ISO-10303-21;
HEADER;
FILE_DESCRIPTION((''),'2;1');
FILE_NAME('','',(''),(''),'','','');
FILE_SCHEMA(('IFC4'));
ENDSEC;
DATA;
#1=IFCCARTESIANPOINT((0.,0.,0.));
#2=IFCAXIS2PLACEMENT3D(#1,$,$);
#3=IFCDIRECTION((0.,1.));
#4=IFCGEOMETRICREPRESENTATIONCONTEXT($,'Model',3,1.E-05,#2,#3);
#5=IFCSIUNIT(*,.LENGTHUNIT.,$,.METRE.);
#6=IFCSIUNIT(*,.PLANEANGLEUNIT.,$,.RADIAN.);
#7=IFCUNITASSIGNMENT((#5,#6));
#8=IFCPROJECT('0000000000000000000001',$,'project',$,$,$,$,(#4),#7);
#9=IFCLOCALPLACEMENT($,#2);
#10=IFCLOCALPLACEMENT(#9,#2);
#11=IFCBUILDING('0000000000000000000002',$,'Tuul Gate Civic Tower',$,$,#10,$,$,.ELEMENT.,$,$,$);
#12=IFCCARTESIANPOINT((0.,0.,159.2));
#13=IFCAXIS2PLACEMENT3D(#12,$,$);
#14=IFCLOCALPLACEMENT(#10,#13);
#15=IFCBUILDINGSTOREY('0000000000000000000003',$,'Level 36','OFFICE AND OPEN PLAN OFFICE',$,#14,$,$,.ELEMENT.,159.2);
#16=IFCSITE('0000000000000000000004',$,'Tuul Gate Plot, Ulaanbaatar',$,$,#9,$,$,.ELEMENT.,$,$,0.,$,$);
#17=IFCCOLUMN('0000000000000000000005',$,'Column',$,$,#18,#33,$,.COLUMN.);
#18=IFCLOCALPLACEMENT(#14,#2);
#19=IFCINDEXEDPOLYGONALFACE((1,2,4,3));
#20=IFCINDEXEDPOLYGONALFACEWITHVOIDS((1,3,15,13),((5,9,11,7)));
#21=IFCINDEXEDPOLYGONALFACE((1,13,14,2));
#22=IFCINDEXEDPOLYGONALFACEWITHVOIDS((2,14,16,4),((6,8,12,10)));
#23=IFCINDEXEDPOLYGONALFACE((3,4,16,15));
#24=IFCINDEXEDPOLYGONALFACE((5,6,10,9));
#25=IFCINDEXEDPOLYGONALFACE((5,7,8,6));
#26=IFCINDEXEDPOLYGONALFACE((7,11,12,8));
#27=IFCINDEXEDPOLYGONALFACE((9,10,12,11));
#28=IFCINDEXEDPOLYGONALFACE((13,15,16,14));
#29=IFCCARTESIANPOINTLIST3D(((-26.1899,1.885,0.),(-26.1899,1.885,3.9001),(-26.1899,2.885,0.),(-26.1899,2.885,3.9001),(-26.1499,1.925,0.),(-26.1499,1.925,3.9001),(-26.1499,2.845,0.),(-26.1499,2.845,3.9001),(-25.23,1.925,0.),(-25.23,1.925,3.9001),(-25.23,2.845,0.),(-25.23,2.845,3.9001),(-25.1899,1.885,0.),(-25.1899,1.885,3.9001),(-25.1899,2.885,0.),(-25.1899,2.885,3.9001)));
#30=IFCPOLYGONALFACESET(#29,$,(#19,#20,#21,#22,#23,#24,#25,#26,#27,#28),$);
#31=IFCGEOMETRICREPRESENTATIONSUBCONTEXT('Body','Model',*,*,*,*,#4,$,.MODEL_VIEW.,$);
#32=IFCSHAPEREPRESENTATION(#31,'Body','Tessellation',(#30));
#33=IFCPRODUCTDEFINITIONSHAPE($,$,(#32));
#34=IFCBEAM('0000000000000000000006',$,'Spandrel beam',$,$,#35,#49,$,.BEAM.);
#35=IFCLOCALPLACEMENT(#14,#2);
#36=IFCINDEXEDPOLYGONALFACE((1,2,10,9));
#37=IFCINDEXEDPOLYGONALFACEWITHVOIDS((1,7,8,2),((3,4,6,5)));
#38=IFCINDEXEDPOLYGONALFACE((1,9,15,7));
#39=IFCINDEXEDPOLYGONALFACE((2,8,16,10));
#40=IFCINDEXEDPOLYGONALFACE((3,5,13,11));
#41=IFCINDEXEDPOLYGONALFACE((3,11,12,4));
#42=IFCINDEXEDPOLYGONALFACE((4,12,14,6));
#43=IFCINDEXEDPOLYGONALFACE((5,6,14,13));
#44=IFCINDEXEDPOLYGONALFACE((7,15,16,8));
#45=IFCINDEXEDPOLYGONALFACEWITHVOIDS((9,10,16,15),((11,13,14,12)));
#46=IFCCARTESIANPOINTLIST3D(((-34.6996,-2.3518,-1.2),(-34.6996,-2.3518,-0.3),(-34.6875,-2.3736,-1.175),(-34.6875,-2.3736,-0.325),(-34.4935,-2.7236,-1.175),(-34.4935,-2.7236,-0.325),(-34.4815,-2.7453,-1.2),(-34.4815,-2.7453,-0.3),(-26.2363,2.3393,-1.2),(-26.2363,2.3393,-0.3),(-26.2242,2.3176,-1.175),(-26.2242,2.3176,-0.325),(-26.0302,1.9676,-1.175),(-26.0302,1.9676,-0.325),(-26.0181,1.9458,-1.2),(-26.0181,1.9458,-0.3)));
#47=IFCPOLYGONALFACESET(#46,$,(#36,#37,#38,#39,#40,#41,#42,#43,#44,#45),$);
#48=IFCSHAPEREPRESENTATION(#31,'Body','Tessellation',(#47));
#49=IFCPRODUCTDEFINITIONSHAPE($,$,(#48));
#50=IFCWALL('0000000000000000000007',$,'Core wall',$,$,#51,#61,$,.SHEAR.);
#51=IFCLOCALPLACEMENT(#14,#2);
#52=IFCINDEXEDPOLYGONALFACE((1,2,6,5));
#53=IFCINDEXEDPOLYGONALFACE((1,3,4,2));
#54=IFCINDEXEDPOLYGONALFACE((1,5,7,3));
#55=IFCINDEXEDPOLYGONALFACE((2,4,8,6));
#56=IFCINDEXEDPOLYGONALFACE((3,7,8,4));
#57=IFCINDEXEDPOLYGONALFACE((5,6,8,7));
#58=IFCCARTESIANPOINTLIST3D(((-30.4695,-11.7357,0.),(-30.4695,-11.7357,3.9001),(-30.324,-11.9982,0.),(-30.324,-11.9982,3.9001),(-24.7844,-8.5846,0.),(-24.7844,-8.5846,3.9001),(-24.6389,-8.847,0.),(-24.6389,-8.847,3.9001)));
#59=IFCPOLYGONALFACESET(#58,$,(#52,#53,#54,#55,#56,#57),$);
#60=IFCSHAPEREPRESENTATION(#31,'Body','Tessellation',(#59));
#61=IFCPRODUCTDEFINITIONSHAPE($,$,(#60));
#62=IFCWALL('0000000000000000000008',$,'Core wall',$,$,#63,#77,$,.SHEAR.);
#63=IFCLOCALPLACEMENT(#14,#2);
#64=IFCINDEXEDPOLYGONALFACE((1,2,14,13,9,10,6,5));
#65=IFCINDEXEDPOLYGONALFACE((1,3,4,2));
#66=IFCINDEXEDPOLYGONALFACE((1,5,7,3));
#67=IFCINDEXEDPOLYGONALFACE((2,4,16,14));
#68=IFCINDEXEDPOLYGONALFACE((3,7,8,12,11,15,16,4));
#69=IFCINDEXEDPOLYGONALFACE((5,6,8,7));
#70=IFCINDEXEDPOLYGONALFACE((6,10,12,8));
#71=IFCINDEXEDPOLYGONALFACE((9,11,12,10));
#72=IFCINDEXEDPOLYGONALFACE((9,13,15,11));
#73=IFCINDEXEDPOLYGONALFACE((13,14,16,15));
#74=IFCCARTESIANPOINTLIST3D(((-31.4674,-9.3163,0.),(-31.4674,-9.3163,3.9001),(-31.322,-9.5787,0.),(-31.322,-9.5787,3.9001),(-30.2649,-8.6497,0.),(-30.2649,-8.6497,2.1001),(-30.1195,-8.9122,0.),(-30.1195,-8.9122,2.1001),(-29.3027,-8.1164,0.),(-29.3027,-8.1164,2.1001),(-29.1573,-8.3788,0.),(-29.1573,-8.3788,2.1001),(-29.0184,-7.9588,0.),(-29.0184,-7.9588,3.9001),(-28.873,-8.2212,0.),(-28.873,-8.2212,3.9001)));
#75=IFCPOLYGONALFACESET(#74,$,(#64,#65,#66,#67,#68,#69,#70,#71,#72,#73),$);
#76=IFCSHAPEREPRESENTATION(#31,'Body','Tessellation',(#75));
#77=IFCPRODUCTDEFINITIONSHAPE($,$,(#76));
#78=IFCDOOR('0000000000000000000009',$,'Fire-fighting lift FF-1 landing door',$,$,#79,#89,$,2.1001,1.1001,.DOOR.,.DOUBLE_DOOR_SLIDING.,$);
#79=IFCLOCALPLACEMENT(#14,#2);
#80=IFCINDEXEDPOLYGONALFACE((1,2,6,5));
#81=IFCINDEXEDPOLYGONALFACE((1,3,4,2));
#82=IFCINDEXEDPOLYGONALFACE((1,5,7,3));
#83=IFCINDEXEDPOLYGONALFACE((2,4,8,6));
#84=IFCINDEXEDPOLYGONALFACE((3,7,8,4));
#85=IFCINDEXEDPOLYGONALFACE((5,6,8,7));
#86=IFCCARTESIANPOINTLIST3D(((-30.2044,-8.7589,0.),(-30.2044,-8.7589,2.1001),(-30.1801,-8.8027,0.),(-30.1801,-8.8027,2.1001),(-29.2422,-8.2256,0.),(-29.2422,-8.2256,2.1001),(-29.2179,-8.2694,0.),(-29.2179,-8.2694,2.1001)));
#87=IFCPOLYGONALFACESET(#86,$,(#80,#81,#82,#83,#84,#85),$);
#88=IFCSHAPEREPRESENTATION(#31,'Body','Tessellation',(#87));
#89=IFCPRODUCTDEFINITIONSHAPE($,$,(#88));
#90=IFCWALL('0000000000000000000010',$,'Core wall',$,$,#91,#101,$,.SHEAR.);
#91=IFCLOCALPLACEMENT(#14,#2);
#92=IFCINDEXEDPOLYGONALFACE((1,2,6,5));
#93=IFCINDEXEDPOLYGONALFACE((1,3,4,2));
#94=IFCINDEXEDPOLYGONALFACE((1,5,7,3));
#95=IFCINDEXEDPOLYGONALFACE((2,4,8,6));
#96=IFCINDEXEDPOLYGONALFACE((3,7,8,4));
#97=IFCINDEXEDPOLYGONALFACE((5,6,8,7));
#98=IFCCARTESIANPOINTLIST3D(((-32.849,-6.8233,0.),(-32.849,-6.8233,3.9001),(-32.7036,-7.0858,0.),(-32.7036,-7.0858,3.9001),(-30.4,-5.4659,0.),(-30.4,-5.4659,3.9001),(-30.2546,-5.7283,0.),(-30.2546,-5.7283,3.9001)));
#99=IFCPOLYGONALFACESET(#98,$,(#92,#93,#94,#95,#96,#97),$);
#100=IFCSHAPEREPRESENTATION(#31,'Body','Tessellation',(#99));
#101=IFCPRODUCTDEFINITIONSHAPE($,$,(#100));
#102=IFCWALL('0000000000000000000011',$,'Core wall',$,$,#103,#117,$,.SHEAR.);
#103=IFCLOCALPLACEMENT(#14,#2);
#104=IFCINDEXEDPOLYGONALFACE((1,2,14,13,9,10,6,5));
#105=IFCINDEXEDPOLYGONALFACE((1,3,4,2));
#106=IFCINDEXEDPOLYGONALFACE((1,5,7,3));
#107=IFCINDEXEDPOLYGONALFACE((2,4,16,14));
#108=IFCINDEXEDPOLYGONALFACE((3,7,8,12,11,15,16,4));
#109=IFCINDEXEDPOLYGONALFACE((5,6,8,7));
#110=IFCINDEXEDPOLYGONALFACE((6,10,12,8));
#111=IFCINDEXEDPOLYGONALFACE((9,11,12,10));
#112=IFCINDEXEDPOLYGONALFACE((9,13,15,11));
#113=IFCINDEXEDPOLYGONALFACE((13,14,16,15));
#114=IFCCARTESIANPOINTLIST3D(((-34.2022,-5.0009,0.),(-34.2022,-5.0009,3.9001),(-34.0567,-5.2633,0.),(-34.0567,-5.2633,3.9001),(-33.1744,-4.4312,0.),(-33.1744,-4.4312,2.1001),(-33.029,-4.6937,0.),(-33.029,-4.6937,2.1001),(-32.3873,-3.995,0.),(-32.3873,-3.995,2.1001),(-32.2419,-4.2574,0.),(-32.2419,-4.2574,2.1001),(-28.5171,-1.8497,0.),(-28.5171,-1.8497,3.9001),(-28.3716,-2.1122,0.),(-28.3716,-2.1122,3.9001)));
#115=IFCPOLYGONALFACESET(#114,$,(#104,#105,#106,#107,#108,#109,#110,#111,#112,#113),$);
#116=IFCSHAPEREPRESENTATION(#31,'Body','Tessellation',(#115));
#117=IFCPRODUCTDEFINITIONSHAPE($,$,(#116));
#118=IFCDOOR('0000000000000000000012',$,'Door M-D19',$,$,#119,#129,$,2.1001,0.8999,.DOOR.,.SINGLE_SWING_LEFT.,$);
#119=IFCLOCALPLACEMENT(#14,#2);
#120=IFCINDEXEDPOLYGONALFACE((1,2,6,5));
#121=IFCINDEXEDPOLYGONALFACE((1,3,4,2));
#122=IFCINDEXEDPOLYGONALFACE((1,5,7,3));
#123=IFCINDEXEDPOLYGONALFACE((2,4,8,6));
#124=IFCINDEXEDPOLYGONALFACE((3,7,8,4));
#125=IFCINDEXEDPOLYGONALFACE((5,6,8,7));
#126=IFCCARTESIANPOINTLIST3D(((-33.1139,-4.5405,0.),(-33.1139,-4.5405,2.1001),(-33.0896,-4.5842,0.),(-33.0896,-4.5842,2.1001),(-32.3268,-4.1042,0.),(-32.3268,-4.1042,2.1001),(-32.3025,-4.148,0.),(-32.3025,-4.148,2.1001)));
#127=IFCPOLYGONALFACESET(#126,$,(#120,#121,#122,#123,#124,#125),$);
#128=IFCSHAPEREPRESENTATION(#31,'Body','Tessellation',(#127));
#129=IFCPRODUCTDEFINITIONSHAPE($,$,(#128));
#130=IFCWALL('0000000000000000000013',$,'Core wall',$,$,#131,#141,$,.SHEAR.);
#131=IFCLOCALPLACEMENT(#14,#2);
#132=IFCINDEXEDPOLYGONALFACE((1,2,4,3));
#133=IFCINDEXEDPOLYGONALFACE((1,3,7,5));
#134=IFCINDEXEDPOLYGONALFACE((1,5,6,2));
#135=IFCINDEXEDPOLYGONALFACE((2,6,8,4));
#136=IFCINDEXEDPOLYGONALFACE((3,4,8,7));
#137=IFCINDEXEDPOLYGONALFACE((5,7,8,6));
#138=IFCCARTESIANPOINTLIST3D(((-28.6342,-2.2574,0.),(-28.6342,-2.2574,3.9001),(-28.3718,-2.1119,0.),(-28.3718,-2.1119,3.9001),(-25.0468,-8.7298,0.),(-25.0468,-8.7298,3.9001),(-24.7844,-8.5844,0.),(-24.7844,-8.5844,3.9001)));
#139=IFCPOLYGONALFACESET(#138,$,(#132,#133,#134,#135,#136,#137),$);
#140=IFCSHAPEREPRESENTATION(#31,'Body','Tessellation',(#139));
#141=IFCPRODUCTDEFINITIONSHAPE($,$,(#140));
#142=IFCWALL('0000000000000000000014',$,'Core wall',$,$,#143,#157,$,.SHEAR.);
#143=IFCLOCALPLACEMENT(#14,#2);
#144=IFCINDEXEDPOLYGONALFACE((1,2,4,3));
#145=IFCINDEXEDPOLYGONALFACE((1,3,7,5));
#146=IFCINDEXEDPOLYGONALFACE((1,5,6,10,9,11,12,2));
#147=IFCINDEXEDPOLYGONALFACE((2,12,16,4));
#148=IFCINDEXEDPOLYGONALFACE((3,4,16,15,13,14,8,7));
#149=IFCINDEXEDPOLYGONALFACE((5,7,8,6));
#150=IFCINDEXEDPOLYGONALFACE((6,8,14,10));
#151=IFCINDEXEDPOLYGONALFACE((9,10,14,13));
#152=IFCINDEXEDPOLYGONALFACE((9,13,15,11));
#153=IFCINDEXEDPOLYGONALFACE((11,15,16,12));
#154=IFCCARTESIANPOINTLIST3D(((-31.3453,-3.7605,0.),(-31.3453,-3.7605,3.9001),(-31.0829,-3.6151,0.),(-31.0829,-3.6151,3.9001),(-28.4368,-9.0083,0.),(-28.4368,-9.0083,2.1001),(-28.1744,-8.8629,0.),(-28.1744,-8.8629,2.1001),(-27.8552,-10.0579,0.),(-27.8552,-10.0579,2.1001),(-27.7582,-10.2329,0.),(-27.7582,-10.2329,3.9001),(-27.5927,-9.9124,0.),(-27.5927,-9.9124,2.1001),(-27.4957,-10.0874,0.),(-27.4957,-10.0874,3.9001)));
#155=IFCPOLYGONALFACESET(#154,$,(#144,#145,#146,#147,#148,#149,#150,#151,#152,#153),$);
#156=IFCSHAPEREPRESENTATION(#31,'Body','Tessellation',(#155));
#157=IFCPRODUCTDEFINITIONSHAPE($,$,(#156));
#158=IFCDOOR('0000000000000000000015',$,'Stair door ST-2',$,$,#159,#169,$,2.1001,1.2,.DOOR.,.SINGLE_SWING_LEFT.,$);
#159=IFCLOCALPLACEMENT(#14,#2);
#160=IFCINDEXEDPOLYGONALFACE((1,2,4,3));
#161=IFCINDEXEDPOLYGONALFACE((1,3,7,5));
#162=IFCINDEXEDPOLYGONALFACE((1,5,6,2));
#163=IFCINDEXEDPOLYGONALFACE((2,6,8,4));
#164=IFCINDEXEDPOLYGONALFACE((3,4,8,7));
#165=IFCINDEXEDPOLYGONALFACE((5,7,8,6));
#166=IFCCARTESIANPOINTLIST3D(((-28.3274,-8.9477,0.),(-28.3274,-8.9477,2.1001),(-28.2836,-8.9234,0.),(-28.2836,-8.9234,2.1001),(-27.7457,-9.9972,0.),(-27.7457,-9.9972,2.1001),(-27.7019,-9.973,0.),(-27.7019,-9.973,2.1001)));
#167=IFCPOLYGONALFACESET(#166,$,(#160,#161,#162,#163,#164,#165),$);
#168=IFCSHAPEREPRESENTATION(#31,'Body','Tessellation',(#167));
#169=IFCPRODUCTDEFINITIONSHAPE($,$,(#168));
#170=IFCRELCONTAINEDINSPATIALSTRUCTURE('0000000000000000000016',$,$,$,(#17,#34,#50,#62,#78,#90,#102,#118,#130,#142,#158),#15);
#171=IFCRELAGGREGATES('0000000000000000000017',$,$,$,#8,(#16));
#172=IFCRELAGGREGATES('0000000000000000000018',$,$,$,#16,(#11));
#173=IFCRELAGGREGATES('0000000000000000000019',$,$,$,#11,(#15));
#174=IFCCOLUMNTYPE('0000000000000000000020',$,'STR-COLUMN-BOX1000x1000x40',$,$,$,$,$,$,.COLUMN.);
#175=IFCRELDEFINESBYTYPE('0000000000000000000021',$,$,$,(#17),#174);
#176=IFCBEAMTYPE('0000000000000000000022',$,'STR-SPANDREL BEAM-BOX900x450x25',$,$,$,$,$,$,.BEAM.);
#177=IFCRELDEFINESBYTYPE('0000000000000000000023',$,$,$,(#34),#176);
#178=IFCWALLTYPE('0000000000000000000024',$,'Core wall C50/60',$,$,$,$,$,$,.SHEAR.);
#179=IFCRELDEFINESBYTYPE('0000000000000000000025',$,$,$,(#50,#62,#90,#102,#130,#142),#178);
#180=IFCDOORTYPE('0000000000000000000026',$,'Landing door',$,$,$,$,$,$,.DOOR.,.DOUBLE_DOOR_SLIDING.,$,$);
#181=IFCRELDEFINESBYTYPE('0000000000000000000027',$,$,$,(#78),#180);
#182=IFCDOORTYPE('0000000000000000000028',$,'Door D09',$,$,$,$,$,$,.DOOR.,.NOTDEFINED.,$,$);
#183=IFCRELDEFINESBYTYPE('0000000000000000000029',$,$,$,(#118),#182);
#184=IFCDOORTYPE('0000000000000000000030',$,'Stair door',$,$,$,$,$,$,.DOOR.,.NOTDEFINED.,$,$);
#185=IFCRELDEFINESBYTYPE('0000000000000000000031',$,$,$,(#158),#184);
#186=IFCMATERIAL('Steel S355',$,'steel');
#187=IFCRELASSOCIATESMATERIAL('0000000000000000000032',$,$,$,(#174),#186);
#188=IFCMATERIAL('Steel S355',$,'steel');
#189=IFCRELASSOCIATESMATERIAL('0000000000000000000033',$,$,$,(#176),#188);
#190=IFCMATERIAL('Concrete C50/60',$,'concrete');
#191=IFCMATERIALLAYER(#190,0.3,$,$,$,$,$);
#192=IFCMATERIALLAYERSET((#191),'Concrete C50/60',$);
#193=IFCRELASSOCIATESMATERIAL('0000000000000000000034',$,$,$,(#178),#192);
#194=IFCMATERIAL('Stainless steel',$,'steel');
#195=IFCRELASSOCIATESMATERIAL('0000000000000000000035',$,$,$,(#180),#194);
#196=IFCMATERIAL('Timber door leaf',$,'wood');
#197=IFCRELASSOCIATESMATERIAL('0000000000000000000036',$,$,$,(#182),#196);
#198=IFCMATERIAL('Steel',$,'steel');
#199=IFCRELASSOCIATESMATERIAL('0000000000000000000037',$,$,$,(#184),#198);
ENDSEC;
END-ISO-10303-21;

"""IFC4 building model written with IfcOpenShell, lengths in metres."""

from ifc_helpers import new_model, si_unit, direction, frame, frame_2d, origin, origin_2d, place, context, subcontext, project, spatial, rectangle, hollow_rectangle, extrude, material, layer, layer_set, material_profile, profile_set, type_object, element, fill, save


model = new_model("IFC4")

# Units and contexts
model_context = context("Model", 3, precision=1e-05, world=origin(), true_north=direction((0.0, 1.0)))
body_context = subcontext(model_context, "Body", "Model", "MODEL_VIEW")
ifc_project = project(units=[si_unit("LENGTHUNIT", "METRE"), si_unit("PLANEANGLEUNIT", "RADIAN")], contexts=[model_context])

# Site, building, storey
site_placement = place(None, origin())
site = spatial("IfcSite", under=ifc_project, at=site_placement, Name="Tuul Gate Plot, Ulaanbaatar", CompositionType="ELEMENT", RefElevation=0.0)
building_placement = place(site_placement, origin())
building = spatial("IfcBuilding", under=site, at=building_placement, Name="Tuul Gate Civic Tower", CompositionType="ELEMENT")
storey_placement = place(building_placement, frame((0.0, 0.0, 159.2)))
storey = spatial("IfcBuildingStorey", under=building, at=storey_placement, Name="Level 36", Description="OFFICE AND OPEN PLAN OFFICE", CompositionType="ELEMENT", Elevation=159.2)

# Column
ifc_material_1 = material(Name="Steel S355", Category="steel")
ifc_material_profile_1 = material_profile(ifc_material_1, hollow_rectangle(XDim=1.0, YDim=1.0, WallThickness=0.04, at=origin_2d()), Name="BOX1000x1000x40")
ifc_profile_set_1 = profile_set([ifc_material_profile_1], Name="Steel S355")
column_type = type_object("IfcColumnType", Name="STR-COLUMN-BOX1000x1000x40", PredefinedType="COLUMN", material=ifc_profile_set_1)
column_placement = place(storey_placement, frame((-25.6899, 2.385, 0.0), z_axis=(0.0, 0.0, 1.0), x_axis=(1.0, 0.0, 0.0)))
element("IfcColumn", 1, at=column_placement, inside=storey, type_object=column_type, Name="Column", PredefinedType="COLUMN", context=body_context, shape_type="SweptSolid", body=[
    extrude(hollow_rectangle(XDim=1.0, YDim=1.0, WallThickness=0.04, at=origin_2d()), origin(), (0.0, 0.0, 1.0), 3.9001),
])

# Beam
ifc_material_2 = material(Name="Steel S355", Category="steel")
ifc_material_profile_2 = material_profile(ifc_material_2, hollow_rectangle(XDim=0.45, YDim=0.8999, WallThickness=0.0249, at=origin_2d()), Name="BOX900x450x25")
ifc_profile_set_2 = profile_set([ifc_material_profile_2], Name="Steel S355")
beam_type = type_object("IfcBeamType", Name="STR-SPANDREL BEAM-BOX900x450x25", PredefinedType="BEAM", material=ifc_profile_set_2)
beam_placement = place(storey_placement, frame((-26.1272, 2.1426, -0.75), z_axis=(-0.874627, -0.484797, 0.0), x_axis=(0.484797, -0.874627, 0.0)))
element("IfcBeam", 2, at=beam_placement, inside=storey, type_object=beam_type, Name="Spandrel beam", PredefinedType="BEAM", context=body_context, shape_type="SweptSolid", body=[
    extrude(hollow_rectangle(XDim=0.45, YDim=0.8999, WallThickness=0.0249, at=origin_2d()), origin(), (0.0, 0.0, 1.0), 9.6765),
])

# Wall
ifc_material_3 = material(Name="Concrete C50/60", Category="concrete")
ifc_layer_1 = layer(ifc_material_3, 0.3)
ifc_layer_set_1 = layer_set([ifc_layer_1], Name="Concrete C50/60")
wall_type_1 = type_object("IfcWallType", Name="Core wall C50/60", PredefinedType="SHEAR", material=ifc_layer_set_1)
wall_1_placement = place(storey_placement, frame((-24.7117, -8.7158, 0.0), z_axis=(0.0, 0.0, 1.0), x_axis=(-0.87463, -0.484791, 0.0)))
element("IfcWall", 3, at=wall_1_placement, inside=storey, type_object=wall_type_1, Name="Core wall", PredefinedType="SHEAR", context=body_context, shape_type="SweptSolid", body=[
    extrude(rectangle(XDim=6.5, YDim=0.3, at=frame_2d((3.25, 0.0))), origin(), (0.0, 0.0, 1.0), 3.9001),
])

# Wall, opening, door
wall_2_placement = place(storey_placement, frame((-28.9458, -8.0901, 0.0), z_axis=(0.0, 0.0, 1.0), x_axis=(-0.87463, -0.484791, 0.0)))
wall_2 = element("IfcWall", 4, at=wall_2_placement, inside=storey, type_object=wall_type_1, Name="Core wall", PredefinedType="SHEAR", context=body_context, shape_type="SweptSolid", body=[
    extrude(rectangle(XDim=2.8, YDim=0.3, at=frame_2d((1.3999, 0.0))), origin(), (0.0, 0.0, 1.0), 3.9001),
])
opening_1_placement = place(wall_2_placement, frame((0.325, 0.0, 0.0)))
opening_1 = element("IfcOpeningElement", 5, at=opening_1_placement, cuts=wall_2, PredefinedType="OPENING", context=body_context, shape_type="SweptSolid", body=[
    extrude(rectangle(XDim=1.1001, YDim=2.1001, at=frame_2d((0.55, 1.05))), frame((0.0, 0.1602, 0.0), z_axis=(0.0, -1.0, 0.0), x_axis=(1.0, 0.0, 0.0)), (0.0, 0.0, 1.0), 0.3201),
])
ifc_material_4 = material(Name="Stainless steel", Category="steel")
door_type_1 = type_object("IfcDoorType", Name="Landing door", OperationType="DOUBLE_DOOR_SLIDING", PredefinedType="DOOR", material=ifc_material_4)
door_1_placement = place(opening_1_placement, origin())
door_1 = element("IfcDoor", 6, at=door_1_placement, inside=storey, type_object=door_type_1, Name="Fire-fighting lift FF-1 landing door", OperationType="DOUBLE_DOOR_SLIDING", OverallHeight=2.1001, OverallWidth=1.1001, PredefinedType="DOOR", context=body_context, shape_type="SweptSolid", body=[
    extrude(rectangle(XDim=1.1001, YDim=2.1001, at=frame_2d((0.55, 1.05))), frame((0.0, 0.0249, 0.0), z_axis=(0.0, -1.0, 0.0), x_axis=(1.0, 0.0, 0.0)), (0.0, 0.0, 1.0), 0.05),
])
fill(opening_1, door_1)

# Wall
wall_3_placement = place(storey_placement, frame((-30.3274, -5.5972, 0.0), z_axis=(0.0, 0.0, 1.0), x_axis=(-0.87463, -0.484791, 0.0)))
element("IfcWall", 7, at=wall_3_placement, inside=storey, type_object=wall_type_1, Name="Core wall", PredefinedType="SHEAR", context=body_context, shape_type="SweptSolid", body=[
    extrude(rectangle(XDim=2.8, YDim=0.3, at=frame_2d((1.3999, 0.0))), origin(), (0.0, 0.0, 1.0), 3.9001),
])

# Wall, opening, door
wall_4_placement = place(storey_placement, frame((-28.4443, -1.981, 0.0), z_axis=(0.0, 0.0, 1.0), x_axis=(-0.87463, -0.484791, 0.0)))
wall_4 = element("IfcWall", 8, at=wall_4_placement, inside=storey, type_object=wall_type_1, Name="Core wall", PredefinedType="SHEAR", context=body_context, shape_type="SweptSolid", body=[
    extrude(rectangle(XDim=6.5, YDim=0.3, at=frame_2d((3.25, 0.0))), origin(), (0.0, 0.0, 1.0), 3.9001),
])
opening_2_placement = place(wall_4_placement, frame((4.425, 0.0, 0.0)))
opening_2 = element("IfcOpeningElement", 9, at=opening_2_placement, cuts=wall_4, PredefinedType="OPENING", context=body_context, shape_type="SweptSolid", body=[
    extrude(rectangle(XDim=0.8999, YDim=2.1001, at=frame_2d((0.45, 1.05))), frame((0.0, 0.1602, 0.0), z_axis=(0.0, -1.0, 0.0), x_axis=(1.0, 0.0, 0.0)), (0.0, 0.0, 1.0), 0.3201),
])
ifc_material_5 = material(Name="Timber door leaf", Category="wood")
door_type_2 = type_object("IfcDoorType", Name="Door D09", OperationType="NOTDEFINED", PredefinedType="DOOR", material=ifc_material_5)
door_2_placement = place(opening_2_placement, origin())
door_2 = element("IfcDoor", 10, at=door_2_placement, inside=storey, type_object=door_type_2, Name="Door M-D19", OperationType="SINGLE_SWING_LEFT", OverallHeight=2.1001, OverallWidth=0.8999, PredefinedType="DOOR", context=body_context, shape_type="SweptSolid", body=[
    extrude(rectangle(XDim=0.8999, YDim=2.1001, at=frame_2d((0.45, 1.05))), frame((0.0, 0.0249, 0.0), z_axis=(0.0, -1.0, 0.0), x_axis=(1.0, 0.0, 0.0)), (0.0, 0.0, 1.0), 0.05),
])
fill(opening_2, door_2)

# Wall
wall_5_placement = place(storey_placement, frame((-24.9155, -8.6572, 0.0), z_axis=(0.0, 0.0, 1.0), x_axis=(-0.484777, 0.874638, 0.0)))
element("IfcWall", 11, at=wall_5_placement, inside=storey, type_object=wall_type_1, Name="Core wall", PredefinedType="SHEAR", context=body_context, shape_type="SweptSolid", body=[
    extrude(rectangle(XDim=7.4001, YDim=0.3, at=frame_2d((3.7002, 0.0))), origin(), (0.0, 0.0, 1.0), 3.9001),
])

# Wall, opening, door
wall_6_placement = place(storey_placement, frame((-27.627, -10.1602, 0.0), z_axis=(0.0, 0.0, 1.0), x_axis=(-0.484752, 0.874652, 0.0)))
wall_6 = element("IfcWall", 12, at=wall_6_placement, inside=storey, type_object=wall_type_1, Name="Core wall", PredefinedType="SHEAR", context=body_context, shape_type="SweptSolid", body=[
    extrude(rectangle(XDim=7.3999, YDim=0.3, at=frame_2d((3.7, 0.0))), origin(), (0.0, 0.0, 1.0), 3.9001),
])
opening_3_placement = place(wall_6_placement, frame((0.2, 0.0, 0.0)))
opening_3 = element("IfcOpeningElement", 13, at=opening_3_placement, cuts=wall_6, PredefinedType="OPENING", context=body_context, shape_type="SweptSolid", body=[
    extrude(rectangle(XDim=1.2, YDim=2.1001, at=frame_2d((0.6001, 1.05))), frame((0.0, 0.1602, 0.0), z_axis=(0.0, -1.0, 0.0), x_axis=(1.0, 0.0, 0.0)), (0.0, 0.0, 1.0), 0.3201),
])
ifc_material_6 = material(Name="Steel", Category="steel")
door_type_3 = type_object("IfcDoorType", Name="Stair door", OperationType="NOTDEFINED", PredefinedType="DOOR", material=ifc_material_6)
door_3_placement = place(opening_3_placement, origin())
door_3 = element("IfcDoor", 14, at=door_3_placement, inside=storey, type_object=door_type_3, Name="Stair door ST-2", OperationType="SINGLE_SWING_LEFT", OverallHeight=2.1001, OverallWidth=1.2, PredefinedType="DOOR", context=body_context, shape_type="SweptSolid", body=[
    extrude(rectangle(XDim=1.2, YDim=2.1001, at=frame_2d((0.6001, 1.05))), frame((0.0, 0.0249, 0.0), z_axis=(0.0, -1.0, 0.0), x_axis=(1.0, 0.0, 0.0)), (0.0, 0.0, 1.0), 0.05),
])
fill(opening_3, door_3)

save(model, "model.ifc")
